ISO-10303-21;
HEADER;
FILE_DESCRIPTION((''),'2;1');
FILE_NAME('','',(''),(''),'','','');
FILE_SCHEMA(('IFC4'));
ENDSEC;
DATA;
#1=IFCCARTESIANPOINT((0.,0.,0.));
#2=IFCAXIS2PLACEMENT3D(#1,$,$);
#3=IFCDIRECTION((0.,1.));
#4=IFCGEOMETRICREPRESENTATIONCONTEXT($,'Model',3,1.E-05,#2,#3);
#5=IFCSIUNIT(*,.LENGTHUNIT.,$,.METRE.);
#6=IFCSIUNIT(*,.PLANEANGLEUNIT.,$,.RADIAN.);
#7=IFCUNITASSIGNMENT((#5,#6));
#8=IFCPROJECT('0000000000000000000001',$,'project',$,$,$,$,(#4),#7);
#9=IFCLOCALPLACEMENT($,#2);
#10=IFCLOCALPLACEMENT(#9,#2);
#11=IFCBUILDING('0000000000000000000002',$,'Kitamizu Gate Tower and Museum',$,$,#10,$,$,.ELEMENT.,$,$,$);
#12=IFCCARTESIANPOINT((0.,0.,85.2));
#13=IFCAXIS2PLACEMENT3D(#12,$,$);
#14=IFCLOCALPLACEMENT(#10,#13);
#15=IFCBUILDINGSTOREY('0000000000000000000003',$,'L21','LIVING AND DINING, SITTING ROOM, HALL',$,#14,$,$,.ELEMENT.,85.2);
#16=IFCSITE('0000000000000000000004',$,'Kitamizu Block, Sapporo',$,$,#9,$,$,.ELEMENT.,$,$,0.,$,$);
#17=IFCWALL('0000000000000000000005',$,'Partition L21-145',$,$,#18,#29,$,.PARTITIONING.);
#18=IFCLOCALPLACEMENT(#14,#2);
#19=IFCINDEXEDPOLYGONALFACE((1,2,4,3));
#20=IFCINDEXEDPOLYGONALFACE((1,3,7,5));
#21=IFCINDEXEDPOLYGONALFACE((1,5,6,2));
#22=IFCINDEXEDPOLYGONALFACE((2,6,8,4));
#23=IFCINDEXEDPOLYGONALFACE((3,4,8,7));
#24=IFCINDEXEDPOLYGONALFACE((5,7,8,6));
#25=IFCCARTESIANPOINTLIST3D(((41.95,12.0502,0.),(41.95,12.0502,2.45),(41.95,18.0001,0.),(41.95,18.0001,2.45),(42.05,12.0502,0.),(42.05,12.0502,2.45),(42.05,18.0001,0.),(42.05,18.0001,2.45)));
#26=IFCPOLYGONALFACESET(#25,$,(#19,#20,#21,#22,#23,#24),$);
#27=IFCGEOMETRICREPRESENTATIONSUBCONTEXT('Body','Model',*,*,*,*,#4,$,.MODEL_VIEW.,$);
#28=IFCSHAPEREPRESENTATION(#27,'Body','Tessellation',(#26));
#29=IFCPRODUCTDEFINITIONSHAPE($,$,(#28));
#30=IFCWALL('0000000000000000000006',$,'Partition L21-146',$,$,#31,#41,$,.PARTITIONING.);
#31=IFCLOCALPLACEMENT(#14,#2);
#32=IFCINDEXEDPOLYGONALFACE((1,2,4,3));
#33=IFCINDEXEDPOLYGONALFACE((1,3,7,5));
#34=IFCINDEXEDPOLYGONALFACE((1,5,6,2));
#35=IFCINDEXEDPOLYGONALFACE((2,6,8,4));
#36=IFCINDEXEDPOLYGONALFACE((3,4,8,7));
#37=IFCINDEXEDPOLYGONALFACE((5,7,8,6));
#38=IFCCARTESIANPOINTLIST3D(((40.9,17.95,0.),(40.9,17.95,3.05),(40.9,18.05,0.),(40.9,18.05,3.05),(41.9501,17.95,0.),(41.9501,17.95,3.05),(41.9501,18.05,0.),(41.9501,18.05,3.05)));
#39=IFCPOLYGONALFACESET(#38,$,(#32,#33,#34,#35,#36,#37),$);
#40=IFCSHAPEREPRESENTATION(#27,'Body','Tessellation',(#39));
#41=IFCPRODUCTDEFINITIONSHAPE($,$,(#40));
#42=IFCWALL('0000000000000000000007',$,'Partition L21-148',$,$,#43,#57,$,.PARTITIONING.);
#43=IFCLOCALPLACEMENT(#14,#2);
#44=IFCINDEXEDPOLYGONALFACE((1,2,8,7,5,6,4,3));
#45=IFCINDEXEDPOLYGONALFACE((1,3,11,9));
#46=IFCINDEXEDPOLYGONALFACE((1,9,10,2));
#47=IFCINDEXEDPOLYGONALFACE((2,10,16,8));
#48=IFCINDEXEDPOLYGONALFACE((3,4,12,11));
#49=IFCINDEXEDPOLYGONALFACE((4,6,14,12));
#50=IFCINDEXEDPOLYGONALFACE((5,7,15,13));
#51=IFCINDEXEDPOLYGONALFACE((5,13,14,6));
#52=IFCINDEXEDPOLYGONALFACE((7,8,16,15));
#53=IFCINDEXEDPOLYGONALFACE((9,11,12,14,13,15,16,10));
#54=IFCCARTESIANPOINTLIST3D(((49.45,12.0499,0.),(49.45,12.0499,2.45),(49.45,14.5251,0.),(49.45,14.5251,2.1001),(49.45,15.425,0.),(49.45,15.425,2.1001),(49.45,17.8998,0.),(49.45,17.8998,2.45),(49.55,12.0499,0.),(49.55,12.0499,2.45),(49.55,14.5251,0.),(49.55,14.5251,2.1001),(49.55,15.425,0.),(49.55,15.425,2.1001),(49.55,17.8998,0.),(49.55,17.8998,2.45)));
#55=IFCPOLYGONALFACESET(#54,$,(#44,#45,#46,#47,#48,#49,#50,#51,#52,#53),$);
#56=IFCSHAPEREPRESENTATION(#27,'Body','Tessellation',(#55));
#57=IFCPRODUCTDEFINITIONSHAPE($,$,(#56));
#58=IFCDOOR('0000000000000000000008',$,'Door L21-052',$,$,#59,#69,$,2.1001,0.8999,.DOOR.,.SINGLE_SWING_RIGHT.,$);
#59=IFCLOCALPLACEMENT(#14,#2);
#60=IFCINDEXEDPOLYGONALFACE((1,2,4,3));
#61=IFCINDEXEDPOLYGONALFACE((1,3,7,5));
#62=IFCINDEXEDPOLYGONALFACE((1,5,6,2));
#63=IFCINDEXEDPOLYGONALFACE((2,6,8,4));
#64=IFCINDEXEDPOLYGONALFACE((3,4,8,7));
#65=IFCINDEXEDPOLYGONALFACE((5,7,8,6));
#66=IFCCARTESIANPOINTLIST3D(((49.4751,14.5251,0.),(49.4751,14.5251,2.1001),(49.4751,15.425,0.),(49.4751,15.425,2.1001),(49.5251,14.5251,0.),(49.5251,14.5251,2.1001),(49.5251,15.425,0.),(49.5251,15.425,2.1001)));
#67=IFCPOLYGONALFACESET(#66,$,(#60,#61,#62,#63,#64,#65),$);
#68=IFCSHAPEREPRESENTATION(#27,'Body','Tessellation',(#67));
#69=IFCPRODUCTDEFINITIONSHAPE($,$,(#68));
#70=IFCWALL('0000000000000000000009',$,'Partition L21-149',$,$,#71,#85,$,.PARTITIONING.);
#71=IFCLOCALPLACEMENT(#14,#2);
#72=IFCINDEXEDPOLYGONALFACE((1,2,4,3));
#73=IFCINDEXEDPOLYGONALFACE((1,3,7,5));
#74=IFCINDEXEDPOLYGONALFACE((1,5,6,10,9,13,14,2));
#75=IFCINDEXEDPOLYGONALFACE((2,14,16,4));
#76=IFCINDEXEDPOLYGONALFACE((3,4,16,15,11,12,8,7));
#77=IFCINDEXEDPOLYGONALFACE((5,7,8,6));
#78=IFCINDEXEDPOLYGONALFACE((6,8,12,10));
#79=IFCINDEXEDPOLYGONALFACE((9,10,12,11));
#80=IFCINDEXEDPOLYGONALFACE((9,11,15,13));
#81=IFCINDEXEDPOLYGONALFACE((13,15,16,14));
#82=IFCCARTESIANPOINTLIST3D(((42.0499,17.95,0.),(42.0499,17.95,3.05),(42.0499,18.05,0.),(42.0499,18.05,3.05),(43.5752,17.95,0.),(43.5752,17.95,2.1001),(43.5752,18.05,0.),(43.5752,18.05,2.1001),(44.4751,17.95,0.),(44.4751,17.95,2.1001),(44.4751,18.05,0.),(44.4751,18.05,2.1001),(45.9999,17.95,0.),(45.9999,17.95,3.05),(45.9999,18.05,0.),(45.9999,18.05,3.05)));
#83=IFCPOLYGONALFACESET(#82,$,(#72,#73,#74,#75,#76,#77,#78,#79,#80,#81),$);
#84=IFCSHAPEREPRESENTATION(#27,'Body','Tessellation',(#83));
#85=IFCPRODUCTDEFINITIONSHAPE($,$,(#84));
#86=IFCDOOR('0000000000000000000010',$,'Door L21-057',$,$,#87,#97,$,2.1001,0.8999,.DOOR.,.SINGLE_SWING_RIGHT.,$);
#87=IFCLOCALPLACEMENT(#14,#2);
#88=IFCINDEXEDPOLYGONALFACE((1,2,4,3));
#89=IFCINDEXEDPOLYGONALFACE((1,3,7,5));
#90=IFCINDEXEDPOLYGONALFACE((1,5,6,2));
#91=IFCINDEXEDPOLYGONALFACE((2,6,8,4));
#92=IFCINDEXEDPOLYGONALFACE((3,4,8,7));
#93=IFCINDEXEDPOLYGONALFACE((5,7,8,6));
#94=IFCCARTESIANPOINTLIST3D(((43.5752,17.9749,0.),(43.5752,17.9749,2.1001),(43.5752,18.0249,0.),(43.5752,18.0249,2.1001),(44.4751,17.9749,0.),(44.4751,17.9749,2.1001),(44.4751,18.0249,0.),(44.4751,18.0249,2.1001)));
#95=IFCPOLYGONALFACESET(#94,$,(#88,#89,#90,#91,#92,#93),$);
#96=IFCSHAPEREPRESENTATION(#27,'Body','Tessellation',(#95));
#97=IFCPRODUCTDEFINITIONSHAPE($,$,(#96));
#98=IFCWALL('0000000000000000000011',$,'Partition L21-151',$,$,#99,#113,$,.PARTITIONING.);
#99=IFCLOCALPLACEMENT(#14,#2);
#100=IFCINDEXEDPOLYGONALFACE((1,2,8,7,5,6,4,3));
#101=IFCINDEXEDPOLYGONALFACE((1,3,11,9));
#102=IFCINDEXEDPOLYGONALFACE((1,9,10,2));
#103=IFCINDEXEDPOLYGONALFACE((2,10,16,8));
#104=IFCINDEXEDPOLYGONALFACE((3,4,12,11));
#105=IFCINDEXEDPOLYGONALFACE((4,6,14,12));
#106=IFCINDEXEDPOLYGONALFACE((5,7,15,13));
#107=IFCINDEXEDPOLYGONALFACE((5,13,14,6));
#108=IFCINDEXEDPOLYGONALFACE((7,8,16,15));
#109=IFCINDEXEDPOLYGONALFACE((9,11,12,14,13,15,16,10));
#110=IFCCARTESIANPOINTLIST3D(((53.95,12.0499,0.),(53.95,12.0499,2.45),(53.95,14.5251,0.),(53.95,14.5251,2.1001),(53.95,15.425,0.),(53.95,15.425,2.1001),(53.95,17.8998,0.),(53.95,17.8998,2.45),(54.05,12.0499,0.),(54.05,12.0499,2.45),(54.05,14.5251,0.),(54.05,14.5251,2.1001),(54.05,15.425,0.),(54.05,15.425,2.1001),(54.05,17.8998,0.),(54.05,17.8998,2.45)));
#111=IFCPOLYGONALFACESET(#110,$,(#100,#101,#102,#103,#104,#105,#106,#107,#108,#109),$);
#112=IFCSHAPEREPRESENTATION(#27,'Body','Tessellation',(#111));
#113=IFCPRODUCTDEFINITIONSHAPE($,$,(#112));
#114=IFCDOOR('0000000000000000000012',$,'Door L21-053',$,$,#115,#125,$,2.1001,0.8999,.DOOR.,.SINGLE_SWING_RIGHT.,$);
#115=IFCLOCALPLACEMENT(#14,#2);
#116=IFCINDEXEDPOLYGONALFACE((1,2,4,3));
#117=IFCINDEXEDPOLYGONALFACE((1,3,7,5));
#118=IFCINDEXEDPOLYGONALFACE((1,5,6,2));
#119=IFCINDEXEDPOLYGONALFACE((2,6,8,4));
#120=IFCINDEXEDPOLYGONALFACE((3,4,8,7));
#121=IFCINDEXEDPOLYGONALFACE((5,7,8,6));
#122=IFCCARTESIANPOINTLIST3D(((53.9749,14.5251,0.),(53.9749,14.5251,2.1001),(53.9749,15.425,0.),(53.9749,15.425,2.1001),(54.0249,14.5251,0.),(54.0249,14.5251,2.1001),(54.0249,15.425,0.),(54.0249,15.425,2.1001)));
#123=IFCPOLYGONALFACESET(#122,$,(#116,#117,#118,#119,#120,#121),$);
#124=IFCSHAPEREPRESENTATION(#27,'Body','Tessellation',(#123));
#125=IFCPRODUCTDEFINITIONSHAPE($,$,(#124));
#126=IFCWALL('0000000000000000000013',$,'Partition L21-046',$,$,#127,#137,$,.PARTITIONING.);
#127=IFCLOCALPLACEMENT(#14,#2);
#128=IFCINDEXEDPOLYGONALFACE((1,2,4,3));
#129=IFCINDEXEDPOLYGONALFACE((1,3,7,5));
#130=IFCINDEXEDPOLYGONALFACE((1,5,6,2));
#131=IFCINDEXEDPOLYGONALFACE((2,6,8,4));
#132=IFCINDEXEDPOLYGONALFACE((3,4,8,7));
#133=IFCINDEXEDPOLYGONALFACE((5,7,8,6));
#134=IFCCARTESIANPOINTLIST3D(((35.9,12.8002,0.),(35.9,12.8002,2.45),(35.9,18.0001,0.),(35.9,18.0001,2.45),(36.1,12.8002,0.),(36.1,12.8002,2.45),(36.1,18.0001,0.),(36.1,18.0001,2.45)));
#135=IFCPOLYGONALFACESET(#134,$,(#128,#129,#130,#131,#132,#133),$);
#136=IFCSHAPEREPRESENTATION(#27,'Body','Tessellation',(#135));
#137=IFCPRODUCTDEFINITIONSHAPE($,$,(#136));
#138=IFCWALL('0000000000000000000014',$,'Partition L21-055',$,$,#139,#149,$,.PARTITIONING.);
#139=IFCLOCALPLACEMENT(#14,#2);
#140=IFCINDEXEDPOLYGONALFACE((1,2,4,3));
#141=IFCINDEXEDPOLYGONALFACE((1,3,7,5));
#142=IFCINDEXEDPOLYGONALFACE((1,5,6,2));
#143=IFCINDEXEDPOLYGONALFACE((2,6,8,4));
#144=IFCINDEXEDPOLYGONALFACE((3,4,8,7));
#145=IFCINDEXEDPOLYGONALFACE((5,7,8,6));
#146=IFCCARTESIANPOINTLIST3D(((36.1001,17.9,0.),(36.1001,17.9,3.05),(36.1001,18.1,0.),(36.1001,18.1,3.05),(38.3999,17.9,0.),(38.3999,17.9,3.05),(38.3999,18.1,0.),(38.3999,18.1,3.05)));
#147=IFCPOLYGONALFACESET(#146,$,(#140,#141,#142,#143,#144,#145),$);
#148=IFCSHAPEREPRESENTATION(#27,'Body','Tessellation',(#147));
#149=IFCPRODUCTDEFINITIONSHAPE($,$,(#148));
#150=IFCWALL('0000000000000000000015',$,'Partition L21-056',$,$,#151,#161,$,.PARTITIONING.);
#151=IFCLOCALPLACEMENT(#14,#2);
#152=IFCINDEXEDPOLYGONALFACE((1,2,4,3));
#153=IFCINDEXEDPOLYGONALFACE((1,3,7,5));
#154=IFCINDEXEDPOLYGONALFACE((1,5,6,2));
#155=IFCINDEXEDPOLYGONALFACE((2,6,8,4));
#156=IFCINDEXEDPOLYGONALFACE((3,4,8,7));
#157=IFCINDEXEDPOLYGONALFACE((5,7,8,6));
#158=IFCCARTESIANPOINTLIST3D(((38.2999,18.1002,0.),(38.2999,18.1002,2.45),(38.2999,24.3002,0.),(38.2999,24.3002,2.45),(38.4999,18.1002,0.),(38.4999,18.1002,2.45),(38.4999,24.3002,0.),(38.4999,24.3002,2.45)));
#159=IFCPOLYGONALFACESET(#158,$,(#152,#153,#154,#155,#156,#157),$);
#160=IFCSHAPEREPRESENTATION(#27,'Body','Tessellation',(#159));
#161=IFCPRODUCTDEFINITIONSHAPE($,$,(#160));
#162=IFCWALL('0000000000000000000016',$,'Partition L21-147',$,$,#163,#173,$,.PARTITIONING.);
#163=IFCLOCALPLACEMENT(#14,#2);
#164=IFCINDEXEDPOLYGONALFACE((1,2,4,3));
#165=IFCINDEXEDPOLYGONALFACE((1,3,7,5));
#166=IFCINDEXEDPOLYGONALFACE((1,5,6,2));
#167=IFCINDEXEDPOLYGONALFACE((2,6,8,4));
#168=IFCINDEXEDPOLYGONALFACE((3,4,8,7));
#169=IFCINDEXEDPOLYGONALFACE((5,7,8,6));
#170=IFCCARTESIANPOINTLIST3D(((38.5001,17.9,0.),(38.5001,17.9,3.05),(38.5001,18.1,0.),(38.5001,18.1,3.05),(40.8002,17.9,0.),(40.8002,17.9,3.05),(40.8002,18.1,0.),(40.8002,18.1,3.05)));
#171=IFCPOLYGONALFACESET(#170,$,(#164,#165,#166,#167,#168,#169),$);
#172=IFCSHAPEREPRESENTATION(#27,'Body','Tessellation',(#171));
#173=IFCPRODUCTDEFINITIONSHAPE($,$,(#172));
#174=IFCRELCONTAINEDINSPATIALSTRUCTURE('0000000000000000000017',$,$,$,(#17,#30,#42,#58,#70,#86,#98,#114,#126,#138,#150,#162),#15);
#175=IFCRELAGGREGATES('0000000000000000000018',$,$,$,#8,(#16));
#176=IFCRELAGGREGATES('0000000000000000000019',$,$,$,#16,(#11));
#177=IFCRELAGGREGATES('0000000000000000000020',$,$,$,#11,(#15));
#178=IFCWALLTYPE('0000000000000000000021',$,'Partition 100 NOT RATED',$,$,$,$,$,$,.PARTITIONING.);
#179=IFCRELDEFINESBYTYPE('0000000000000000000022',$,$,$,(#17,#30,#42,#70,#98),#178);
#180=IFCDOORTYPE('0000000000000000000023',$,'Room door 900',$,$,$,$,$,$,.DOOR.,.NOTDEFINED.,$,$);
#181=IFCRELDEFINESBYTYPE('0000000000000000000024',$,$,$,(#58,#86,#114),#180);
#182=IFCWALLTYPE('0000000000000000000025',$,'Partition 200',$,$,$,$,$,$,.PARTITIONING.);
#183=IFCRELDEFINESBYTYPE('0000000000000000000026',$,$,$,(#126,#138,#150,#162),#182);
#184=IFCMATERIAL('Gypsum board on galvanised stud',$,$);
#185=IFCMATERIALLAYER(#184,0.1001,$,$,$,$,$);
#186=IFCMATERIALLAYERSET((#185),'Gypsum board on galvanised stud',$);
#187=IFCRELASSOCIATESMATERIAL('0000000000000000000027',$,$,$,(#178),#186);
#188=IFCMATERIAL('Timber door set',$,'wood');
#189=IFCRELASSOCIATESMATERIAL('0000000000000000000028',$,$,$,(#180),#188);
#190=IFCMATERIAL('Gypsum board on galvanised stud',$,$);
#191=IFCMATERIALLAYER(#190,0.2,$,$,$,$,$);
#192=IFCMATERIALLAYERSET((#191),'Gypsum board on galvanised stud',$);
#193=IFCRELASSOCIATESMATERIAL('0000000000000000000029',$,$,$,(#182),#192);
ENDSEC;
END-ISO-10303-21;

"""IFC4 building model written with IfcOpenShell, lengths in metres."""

from ifc_helpers import new_model, si_unit, direction, frame, frame_2d, origin, place, context, subcontext, project, spatial, rectangle, extrude, material, layer, layer_set, type_object, element, fill, save


model = new_model("IFC4")

# Units and contexts
model_context = context("Model", 3, precision=1e-05, world=origin(), true_north=direction((0.0, 1.0)))
body_context = subcontext(model_context, "Body", "Model", "MODEL_VIEW")
ifc_project = project(units=[si_unit("LENGTHUNIT", "METRE"), si_unit("PLANEANGLEUNIT", "RADIAN")], contexts=[model_context])

# Site, building, storey
site_placement = place(None, origin())
site = spatial("IfcSite", under=ifc_project, at=site_placement, Name="Kitamizu Block, Sapporo", CompositionType="ELEMENT", RefElevation=0.0)
building_placement = place(site_placement, origin())
building = spatial("IfcBuilding", under=site, at=building_placement, Name="Kitamizu Gate Tower and Museum", CompositionType="ELEMENT")
storey_placement = place(building_placement, frame((0.0, 0.0, 85.2)))
storey = spatial("IfcBuildingStorey", under=building, at=storey_placement, Name="L21", Description="LIVING AND DINING, SITTING ROOM, HALL", CompositionType="ELEMENT", Elevation=85.2)

# Shared definitions
ifc_material_1 = material(Name="Gypsum board on galvanised stud")
ifc_layer_1 = layer(ifc_material_1, 0.1001)
ifc_layer_set_1 = layer_set([ifc_layer_1], Name="Gypsum board on galvanised stud")
wall_type_1 = type_object("IfcWallType", Name="Partition 100 NOT RATED", PredefinedType="PARTITIONING", material=ifc_layer_set_1)

# Shared definitions
ifc_material_2 = material(Name="Timber door set", Category="wood")
door_type_1 = type_object("IfcDoorType", Name="Room door 900", OperationType="NOTDEFINED", PredefinedType="DOOR", material=ifc_material_2)

# Walls
wall_1_placement = place(storey_placement, frame((42.0, 12.05, 0.0), z_axis=(0.0, 0.0, 1.0), x_axis=(0.0, 1.0, 0.0)))
element("IfcWall", 1, at=wall_1_placement, inside=storey, type_object=wall_type_1, Name="Partition L21-145", PredefinedType="PARTITIONING", context=body_context, shape_type="SweptSolid", body=[
    extrude(rectangle(XDim=5.95, YDim=0.1001, at=frame_2d((2.9751, 0.0))), origin(), (0.0, 0.0, 1.0), 2.45),
])
wall_2_placement = place(storey_placement, frame((41.95, 18.0, 0.0), z_axis=(0.0, 0.0, 1.0), x_axis=(-1.0, 0.0, 0.0)))
element("IfcWall", 2, at=wall_2_placement, inside=storey, type_object=wall_type_1, Name="Partition L21-146", PredefinedType="PARTITIONING", context=body_context, shape_type="SweptSolid", body=[
    extrude(rectangle(XDim=1.05, YDim=0.1001, at=frame_2d((0.5249, 0.0))), origin(), (0.0, 0.0, 1.0), 3.05),
])

# Walls, openings, doors
wall_3_placement = place(storey_placement, frame((49.5, 12.05, 0.0), z_axis=(0.0, 0.0, 1.0), x_axis=(0.0, 1.0, 0.0)))
wall_3 = element("IfcWall", 3, at=wall_3_placement, inside=storey, type_object=wall_type_1, Name="Partition L21-148", PredefinedType="PARTITIONING", context=body_context, shape_type="SweptSolid", body=[
    extrude(rectangle(XDim=5.8499, YDim=0.1001, at=frame_2d((2.9248, 0.0))), origin(), (0.0, 0.0, 1.0), 2.45),
])
opening_1_placement = place(wall_3_placement, frame((2.4751, 0.0, 0.0)))
opening_1 = element("IfcOpeningElement", 4, at=opening_1_placement, cuts=wall_3, PredefinedType="OPENING", context=body_context, shape_type="SweptSolid", body=[
    extrude(rectangle(XDim=0.8999, YDim=2.1001, at=frame_2d((0.45, 1.05))), frame((0.0, 0.0601, 0.0), z_axis=(0.0, -1.0, 0.0), x_axis=(1.0, 0.0, 0.0)), (0.0, 0.0, 1.0), 0.1201),
])
door_1_placement = place(opening_1_placement, origin())
door_1 = element("IfcDoor", 5, at=door_1_placement, inside=storey, type_object=door_type_1, Name="Door L21-052", OperationType="SINGLE_SWING_RIGHT", OverallHeight=2.1001, OverallWidth=0.8999, PredefinedType="DOOR", context=body_context, shape_type="SweptSolid", body=[
    extrude(rectangle(XDim=0.8999, YDim=2.1001, at=frame_2d((0.45, 1.05))), frame((0.0, 0.0249, 0.0), z_axis=(0.0, -1.0, 0.0), x_axis=(1.0, 0.0, 0.0)), (0.0, 0.0, 1.0), 0.05),
])
fill(opening_1, door_1)
wall_4_placement = place(storey_placement, frame((46.0, 18.0, 0.0), z_axis=(0.0, 0.0, 1.0), x_axis=(-1.0, 0.0, 0.0)))
wall_4 = element("IfcWall", 6, at=wall_4_placement, inside=storey, type_object=wall_type_1, Name="Partition L21-149", PredefinedType="PARTITIONING", context=body_context, shape_type="SweptSolid", body=[
    extrude(rectangle(XDim=3.95, YDim=0.1001, at=frame_2d((1.9751, 0.0))), origin(), (0.0, 0.0, 1.0), 3.05),
])
opening_2_placement = place(wall_4_placement, frame((1.5249, 0.0, 0.0)))
opening_2 = element("IfcOpeningElement", 7, at=opening_2_placement, cuts=wall_4, PredefinedType="OPENING", context=body_context, shape_type="SweptSolid", body=[
    extrude(rectangle(XDim=0.8999, YDim=2.1001, at=frame_2d((0.45, 1.05))), frame((0.0, 0.0601, 0.0), z_axis=(0.0, -1.0, 0.0), x_axis=(1.0, 0.0, 0.0)), (0.0, 0.0, 1.0), 0.1201),
])
door_2_placement = place(opening_2_placement, frame((0.8999, 0.0, 0.0), x_axis=(-1.0, 0.0, 0.0)))
door_2 = element("IfcDoor", 8, at=door_2_placement, inside=storey, type_object=door_type_1, Name="Door L21-057", OperationType="SINGLE_SWING_RIGHT", OverallHeight=2.1001, OverallWidth=0.8999, PredefinedType="DOOR", context=body_context, shape_type="SweptSolid", body=[
    extrude(rectangle(XDim=0.8999, YDim=2.1001, at=frame_2d((0.45, 1.05))), frame((0.0, 0.0249, 0.0), z_axis=(0.0, -1.0, 0.0), x_axis=(1.0, 0.0, 0.0)), (0.0, 0.0, 1.0), 0.05),
])
fill(opening_2, door_2)
wall_5_placement = place(storey_placement, frame((54.0, 12.05, 0.0), z_axis=(0.0, 0.0, 1.0), x_axis=(0.0, 1.0, 0.0)))
wall_5 = element("IfcWall", 9, at=wall_5_placement, inside=storey, type_object=wall_type_1, Name="Partition L21-151", PredefinedType="PARTITIONING", context=body_context, shape_type="SweptSolid", body=[
    extrude(rectangle(XDim=5.8499, YDim=0.1001, at=frame_2d((2.9248, 0.0))), origin(), (0.0, 0.0, 1.0), 2.45),
])
opening_3_placement = place(wall_5_placement, frame((2.4751, 0.0, 0.0)))
opening_3 = element("IfcOpeningElement", 10, at=opening_3_placement, cuts=wall_5, PredefinedType="OPENING", context=body_context, shape_type="SweptSolid", body=[
    extrude(rectangle(XDim=0.8999, YDim=2.1001, at=frame_2d((0.45, 1.05))), frame((0.0, 0.0601, 0.0), z_axis=(0.0, -1.0, 0.0), x_axis=(1.0, 0.0, 0.0)), (0.0, 0.0, 1.0), 0.1201),
])
door_3_placement = place(opening_3_placement, frame((0.8999, 0.0, 0.0), x_axis=(-1.0, 0.0, 0.0)))
door_3 = element("IfcDoor", 11, at=door_3_placement, inside=storey, type_object=door_type_1, Name="Door L21-053", OperationType="SINGLE_SWING_RIGHT", OverallHeight=2.1001, OverallWidth=0.8999, PredefinedType="DOOR", context=body_context, shape_type="SweptSolid", body=[
    extrude(rectangle(XDim=0.8999, YDim=2.1001, at=frame_2d((0.45, 1.05))), frame((0.0, 0.0249, 0.0), z_axis=(0.0, -1.0, 0.0), x_axis=(1.0, 0.0, 0.0)), (0.0, 0.0, 1.0), 0.05),
])
fill(opening_3, door_3)

# Walls
ifc_material_3 = material(Name="Gypsum board on galvanised stud")
ifc_layer_2 = layer(ifc_material_3, 0.2)
ifc_layer_set_2 = layer_set([ifc_layer_2], Name="Gypsum board on galvanised stud")
wall_type_2 = type_object("IfcWallType", Name="Partition 200", PredefinedType="PARTITIONING", material=ifc_layer_set_2)
wall_6_placement = place(storey_placement, frame((36.0, 12.8, 0.0), z_axis=(0.0, 0.0, 1.0), x_axis=(0.0, 1.0, 0.0)))
element("IfcWall", 12, at=wall_6_placement, inside=storey, type_object=wall_type_2, Name="Partition L21-046", PredefinedType="PARTITIONING", context=body_context, shape_type="SweptSolid", body=[
    extrude(rectangle(XDim=5.2, YDim=0.2, at=frame_2d((2.6001, 0.0))), origin(), (0.0, 0.0, 1.0), 2.45),
])
wall_7_placement = place(storey_placement, frame((36.1001, 18.0, 0.0), z_axis=(0.0, 0.0, 1.0), x_axis=(1.0, 0.0, 0.0)))
element("IfcWall", 13, at=wall_7_placement, inside=storey, type_object=wall_type_2, Name="Partition L21-055", PredefinedType="PARTITIONING", context=body_context, shape_type="SweptSolid", body=[
    extrude(rectangle(XDim=2.2998, YDim=0.2, at=frame_2d((1.1499, 0.0))), origin(), (0.0, 0.0, 1.0), 3.05),
])
wall_8_placement = place(storey_placement, frame((38.3999, 18.1001, 0.0), z_axis=(0.0, 0.0, 1.0), x_axis=(0.0, 1.0, 0.0)))
element("IfcWall", 14, at=wall_8_placement, inside=storey, type_object=wall_type_2, Name="Partition L21-056", PredefinedType="PARTITIONING", context=body_context, shape_type="SweptSolid", body=[
    extrude(rectangle(XDim=6.2, YDim=0.2, at=frame_2d((3.1001, 0.0))), origin(), (0.0, 0.0, 1.0), 2.45),
])
wall_9_placement = place(storey_placement, frame((40.8, 18.0, 0.0), z_axis=(0.0, 0.0, 1.0), x_axis=(-1.0, 0.0, 0.0)))
element("IfcWall", 15, at=wall_9_placement, inside=storey, type_object=wall_type_2, Name="Partition L21-147", PredefinedType="PARTITIONING", context=body_context, shape_type="SweptSolid", body=[
    extrude(rectangle(XDim=2.3, YDim=0.2, at=frame_2d((1.1499, 0.0))), origin(), (0.0, 0.0, 1.0), 3.05),
])

save(model, "model.ifc")
